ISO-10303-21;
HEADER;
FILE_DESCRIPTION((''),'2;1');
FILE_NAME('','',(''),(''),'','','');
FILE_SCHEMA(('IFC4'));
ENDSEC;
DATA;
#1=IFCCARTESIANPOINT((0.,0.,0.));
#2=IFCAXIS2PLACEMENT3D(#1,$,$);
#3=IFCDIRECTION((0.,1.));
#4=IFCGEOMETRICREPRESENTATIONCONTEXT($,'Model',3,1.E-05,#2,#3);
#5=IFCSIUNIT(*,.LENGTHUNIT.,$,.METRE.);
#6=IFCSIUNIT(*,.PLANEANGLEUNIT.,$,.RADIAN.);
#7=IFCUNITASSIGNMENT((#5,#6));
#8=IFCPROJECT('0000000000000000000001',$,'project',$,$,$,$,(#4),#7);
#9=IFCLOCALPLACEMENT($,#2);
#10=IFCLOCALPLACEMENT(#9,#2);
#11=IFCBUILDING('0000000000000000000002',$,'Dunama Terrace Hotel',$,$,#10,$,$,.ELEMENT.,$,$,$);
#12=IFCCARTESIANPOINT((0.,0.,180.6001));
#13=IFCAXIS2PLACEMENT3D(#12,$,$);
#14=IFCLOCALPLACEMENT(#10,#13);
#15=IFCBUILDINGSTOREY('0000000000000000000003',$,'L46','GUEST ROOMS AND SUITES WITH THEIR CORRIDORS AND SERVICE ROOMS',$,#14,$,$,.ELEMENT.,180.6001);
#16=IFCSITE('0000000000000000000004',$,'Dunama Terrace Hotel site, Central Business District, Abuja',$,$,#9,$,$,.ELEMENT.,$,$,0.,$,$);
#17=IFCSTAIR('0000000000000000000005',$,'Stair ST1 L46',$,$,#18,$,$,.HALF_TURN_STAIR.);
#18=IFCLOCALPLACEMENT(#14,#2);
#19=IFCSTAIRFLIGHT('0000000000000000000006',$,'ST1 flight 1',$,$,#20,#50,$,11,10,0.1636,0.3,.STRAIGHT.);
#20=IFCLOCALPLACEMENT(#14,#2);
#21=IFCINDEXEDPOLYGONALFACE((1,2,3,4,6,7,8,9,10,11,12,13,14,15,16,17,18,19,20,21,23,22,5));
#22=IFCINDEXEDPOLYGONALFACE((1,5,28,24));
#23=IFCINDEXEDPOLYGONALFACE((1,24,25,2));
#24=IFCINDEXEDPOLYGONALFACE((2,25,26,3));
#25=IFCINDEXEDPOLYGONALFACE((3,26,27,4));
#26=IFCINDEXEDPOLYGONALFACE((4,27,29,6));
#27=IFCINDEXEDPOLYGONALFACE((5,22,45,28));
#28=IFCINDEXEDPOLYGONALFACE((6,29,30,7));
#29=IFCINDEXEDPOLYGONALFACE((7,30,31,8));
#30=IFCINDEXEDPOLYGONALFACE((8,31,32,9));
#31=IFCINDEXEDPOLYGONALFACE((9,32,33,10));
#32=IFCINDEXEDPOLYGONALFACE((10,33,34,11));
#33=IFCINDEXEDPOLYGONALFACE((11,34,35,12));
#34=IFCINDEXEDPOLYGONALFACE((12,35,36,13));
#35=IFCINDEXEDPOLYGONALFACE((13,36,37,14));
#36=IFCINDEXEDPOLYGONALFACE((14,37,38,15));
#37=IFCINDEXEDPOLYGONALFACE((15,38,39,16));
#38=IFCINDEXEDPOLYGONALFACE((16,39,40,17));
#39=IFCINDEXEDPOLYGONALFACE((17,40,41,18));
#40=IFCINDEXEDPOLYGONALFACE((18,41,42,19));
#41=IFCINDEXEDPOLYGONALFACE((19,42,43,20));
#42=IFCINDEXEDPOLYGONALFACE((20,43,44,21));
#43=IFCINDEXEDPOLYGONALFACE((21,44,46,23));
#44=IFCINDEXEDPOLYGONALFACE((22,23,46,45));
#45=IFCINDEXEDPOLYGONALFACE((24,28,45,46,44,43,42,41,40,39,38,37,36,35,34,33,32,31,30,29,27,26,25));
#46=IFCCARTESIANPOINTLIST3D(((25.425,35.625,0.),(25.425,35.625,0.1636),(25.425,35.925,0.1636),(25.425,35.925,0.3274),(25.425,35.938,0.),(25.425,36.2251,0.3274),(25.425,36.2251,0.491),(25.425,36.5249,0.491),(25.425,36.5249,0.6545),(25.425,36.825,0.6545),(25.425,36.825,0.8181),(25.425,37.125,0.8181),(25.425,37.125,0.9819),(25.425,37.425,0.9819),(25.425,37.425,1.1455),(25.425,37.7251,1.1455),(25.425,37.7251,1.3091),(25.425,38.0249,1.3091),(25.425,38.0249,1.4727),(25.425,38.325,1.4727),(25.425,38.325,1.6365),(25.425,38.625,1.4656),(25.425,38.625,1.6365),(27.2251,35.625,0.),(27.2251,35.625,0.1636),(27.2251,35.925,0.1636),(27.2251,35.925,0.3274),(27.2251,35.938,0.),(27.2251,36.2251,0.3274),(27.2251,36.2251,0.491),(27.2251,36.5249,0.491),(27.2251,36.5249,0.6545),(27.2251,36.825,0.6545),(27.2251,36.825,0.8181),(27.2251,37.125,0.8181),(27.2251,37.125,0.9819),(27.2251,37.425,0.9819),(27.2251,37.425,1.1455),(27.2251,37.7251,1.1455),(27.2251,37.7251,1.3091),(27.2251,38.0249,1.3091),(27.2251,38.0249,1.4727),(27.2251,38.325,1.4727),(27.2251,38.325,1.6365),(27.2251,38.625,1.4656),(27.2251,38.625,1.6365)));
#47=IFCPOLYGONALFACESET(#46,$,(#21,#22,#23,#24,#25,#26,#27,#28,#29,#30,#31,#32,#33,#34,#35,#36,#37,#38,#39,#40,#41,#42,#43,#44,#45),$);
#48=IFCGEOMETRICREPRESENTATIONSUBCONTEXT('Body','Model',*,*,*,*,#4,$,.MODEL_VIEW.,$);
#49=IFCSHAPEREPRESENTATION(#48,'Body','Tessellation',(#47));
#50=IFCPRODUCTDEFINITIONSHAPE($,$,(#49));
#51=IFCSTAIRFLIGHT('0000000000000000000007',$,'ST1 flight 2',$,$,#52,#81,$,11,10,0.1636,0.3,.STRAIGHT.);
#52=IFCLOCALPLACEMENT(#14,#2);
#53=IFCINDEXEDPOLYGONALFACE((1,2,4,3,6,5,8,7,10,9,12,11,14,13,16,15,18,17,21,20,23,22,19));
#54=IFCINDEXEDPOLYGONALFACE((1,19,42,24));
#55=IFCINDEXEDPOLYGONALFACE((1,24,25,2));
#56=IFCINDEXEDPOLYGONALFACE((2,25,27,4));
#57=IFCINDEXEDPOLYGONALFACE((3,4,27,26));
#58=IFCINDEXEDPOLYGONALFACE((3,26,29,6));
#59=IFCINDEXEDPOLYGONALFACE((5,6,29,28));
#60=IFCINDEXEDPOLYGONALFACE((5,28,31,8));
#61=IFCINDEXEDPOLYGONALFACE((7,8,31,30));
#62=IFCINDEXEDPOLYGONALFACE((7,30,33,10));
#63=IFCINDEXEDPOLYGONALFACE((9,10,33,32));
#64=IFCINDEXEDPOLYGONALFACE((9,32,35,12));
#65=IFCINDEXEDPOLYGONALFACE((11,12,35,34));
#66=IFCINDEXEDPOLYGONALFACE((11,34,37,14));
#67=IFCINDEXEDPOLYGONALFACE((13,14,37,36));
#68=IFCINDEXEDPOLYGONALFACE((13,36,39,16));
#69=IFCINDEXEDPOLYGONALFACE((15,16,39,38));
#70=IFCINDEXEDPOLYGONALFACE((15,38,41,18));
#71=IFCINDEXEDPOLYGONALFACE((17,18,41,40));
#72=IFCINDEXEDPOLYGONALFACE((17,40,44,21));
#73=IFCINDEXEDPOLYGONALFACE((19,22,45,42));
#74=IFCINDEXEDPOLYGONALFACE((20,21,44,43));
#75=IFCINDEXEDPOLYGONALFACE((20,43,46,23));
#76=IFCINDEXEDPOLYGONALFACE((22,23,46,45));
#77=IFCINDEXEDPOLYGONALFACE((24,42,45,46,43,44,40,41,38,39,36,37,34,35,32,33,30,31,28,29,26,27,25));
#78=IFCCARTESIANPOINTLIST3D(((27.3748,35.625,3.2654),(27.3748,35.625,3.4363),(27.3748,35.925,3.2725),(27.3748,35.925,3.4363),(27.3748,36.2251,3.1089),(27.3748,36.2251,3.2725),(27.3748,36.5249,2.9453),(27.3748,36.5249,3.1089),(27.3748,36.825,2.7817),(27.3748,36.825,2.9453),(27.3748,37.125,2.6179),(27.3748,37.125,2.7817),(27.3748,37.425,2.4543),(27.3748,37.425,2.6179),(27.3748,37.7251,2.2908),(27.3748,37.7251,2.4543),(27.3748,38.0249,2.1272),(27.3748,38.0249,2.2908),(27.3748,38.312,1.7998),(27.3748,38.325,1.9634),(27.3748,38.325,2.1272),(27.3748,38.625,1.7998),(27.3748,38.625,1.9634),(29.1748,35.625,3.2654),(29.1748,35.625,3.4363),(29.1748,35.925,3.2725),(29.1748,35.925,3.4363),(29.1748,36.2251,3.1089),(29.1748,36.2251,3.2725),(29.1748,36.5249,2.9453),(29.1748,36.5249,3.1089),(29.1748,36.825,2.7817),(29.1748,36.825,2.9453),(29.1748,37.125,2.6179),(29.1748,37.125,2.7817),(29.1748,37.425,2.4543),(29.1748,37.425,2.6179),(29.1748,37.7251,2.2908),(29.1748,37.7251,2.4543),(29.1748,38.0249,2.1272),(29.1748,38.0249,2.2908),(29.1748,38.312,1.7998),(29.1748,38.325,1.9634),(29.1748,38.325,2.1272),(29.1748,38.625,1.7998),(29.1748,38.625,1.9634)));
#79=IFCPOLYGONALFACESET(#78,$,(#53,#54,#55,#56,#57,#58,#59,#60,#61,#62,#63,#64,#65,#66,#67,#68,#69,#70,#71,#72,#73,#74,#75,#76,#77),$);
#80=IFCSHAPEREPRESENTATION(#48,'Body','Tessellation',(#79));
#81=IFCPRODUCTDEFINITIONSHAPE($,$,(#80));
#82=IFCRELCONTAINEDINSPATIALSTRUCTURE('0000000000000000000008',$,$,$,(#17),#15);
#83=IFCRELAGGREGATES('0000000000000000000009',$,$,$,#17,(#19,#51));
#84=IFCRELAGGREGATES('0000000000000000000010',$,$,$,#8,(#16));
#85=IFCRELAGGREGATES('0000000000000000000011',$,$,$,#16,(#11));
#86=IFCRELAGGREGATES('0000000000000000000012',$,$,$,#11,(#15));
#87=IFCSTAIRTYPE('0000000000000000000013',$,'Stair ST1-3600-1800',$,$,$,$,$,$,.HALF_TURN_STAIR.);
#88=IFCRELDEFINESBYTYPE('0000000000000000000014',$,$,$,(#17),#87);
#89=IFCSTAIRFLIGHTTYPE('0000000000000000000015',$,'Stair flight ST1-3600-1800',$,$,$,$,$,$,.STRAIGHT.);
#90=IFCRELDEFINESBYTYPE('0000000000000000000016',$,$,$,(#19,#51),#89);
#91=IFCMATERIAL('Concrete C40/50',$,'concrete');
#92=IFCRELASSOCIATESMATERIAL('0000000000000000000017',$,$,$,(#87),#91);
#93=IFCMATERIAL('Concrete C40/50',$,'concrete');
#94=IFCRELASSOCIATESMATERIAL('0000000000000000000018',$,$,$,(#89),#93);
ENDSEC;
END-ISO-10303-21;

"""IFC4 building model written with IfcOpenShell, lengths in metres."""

from ifc_helpers import new_model, si_unit, direction, frame, origin, place, context, subcontext, project, spatial, polyline, outline, extrude, material, type_object, element, aggregate, save


model = new_model("IFC4")

# Units and contexts
model_context = context("Model", 3, precision=1e-05, world=origin(), true_north=direction((0.0, 1.0)))
body_context = subcontext(model_context, "Body", "Model", "MODEL_VIEW")
ifc_project = project(units=[si_unit("LENGTHUNIT", "METRE"), si_unit("PLANEANGLEUNIT", "RADIAN")], contexts=[model_context])

# Site, building, storey
site_placement = place(None, origin())
site = spatial("IfcSite", under=ifc_project, at=site_placement, Name="Dunama Terrace Hotel site, Central Business District, Abuja", CompositionType="ELEMENT", RefElevation=0.0)
building_placement = place(site_placement, origin())
building = spatial("IfcBuilding", under=site, at=building_placement, Name="Dunama Terrace Hotel", CompositionType="ELEMENT")
storey_placement = place(building_placement, frame((0.0, 0.0, 180.6001)))
storey = spatial("IfcBuildingStorey", under=building, at=storey_placement, Name="L46", Description="GUEST ROOMS AND SUITES WITH THEIR CORRIDORS AND SERVICE ROOMS", CompositionType="ELEMENT", Elevation=180.6001)

# Stair, stair flights
ifc_material_1 = material(Name="Concrete C40/50", Category="concrete")
stair_type = type_object("IfcStairType", Name="Stair ST1-3600-1800", PredefinedType="HALF_TURN_STAIR", material=ifc_material_1)
stair_placement = place(storey_placement, origin())
stair = element("IfcStair", 1, at=stair_placement, inside=storey, type_object=stair_type, Name="Stair ST1 L46", PredefinedType="HALF_TURN_STAIR")
ifc_material_2 = material(Name="Concrete C40/50", Category="concrete")
stair_flight_type = type_object("IfcStairFlightType", Name="Stair flight ST1-3600-1800", PredefinedType="STRAIGHT", material=ifc_material_2)
stair_flight_1_placement = place(storey_placement, frame((26.325, 35.625, 0.0), z_axis=(0.0, 0.0, 1.0), x_axis=(0.0, 1.0, 0.0)))
stair_flight_1 = element("IfcStairFlight", 2, at=stair_flight_1_placement, type_object=stair_flight_type, Name="ST1 flight 1", NumberOfRisers=11, NumberOfTreads=10, PredefinedType="STRAIGHT", RiserHeight=0.1636, TreadLength=0.3, context=body_context, shape_type="SweptSolid", body=[
    extrude(outline(polyline([(0.0, 0.0), (0.0, 0.1636), (0.3, 0.1636), (0.3, 0.3274), (0.6001, 0.3274), (0.6001, 0.491), (0.8999, 0.491), (0.8999, 0.6545), (1.2, 0.6545), (1.2, 0.8181), (1.5, 0.8181), (1.5, 0.9819), (1.8, 0.9819), (1.8, 1.1455), (2.1001, 1.1455), (2.1001, 1.3091), (2.3999, 1.3091), (2.3999, 1.4727), (2.7, 1.4727), (2.7, 1.6365), (3.0, 1.6365), (3.0, 1.8), (3.0, 1.4656), (0.313, 0.0), (0.0, 0.0)])), frame((0.0, 0.8999, 0.0), z_axis=(0.0, -1.0, 0.0), x_axis=(1.0, 0.0, 0.0)), (0.0, 0.0, 1.0), 1.8),
])
stair_flight_2_placement = place(storey_placement, frame((28.2749, 38.625, 1.7998), z_axis=(0.0, 0.0, 1.0), x_axis=(0.0, -1.0, 0.0)))
stair_flight_2 = element("IfcStairFlight", 3, at=stair_flight_2_placement, type_object=stair_flight_type, Name="ST1 flight 2", NumberOfRisers=11, NumberOfTreads=10, PredefinedType="STRAIGHT", RiserHeight=0.1636, TreadLength=0.3, context=body_context, shape_type="SweptSolid", body=[
    extrude(outline(polyline([(0.0, 0.0), (0.0, 0.1636), (0.3, 0.1636), (0.3, 0.3274), (0.6001, 0.3274), (0.6001, 0.491), (0.8999, 0.491), (0.8999, 0.6545), (1.2, 0.6545), (1.2, 0.8181), (1.5, 0.8181), (1.5, 0.9819), (1.8, 0.9819), (1.8, 1.1455), (2.1001, 1.1455), (2.1001, 1.3091), (2.3999, 1.3091), (2.3999, 1.4727), (2.7, 1.4727), (2.7, 1.6365), (3.0, 1.6365), (3.0, 1.8), (3.0, 1.4656), (0.313, 0.0), (0.0, 0.0)])), frame((0.0, 0.8999, 0.0), z_axis=(0.0, -1.0, 0.0), x_axis=(1.0, 0.0, 0.0)), (0.0, 0.0, 1.0), 1.8),
])
aggregate(stair, [stair_flight_1, stair_flight_2])

save(model, "model.ifc")
